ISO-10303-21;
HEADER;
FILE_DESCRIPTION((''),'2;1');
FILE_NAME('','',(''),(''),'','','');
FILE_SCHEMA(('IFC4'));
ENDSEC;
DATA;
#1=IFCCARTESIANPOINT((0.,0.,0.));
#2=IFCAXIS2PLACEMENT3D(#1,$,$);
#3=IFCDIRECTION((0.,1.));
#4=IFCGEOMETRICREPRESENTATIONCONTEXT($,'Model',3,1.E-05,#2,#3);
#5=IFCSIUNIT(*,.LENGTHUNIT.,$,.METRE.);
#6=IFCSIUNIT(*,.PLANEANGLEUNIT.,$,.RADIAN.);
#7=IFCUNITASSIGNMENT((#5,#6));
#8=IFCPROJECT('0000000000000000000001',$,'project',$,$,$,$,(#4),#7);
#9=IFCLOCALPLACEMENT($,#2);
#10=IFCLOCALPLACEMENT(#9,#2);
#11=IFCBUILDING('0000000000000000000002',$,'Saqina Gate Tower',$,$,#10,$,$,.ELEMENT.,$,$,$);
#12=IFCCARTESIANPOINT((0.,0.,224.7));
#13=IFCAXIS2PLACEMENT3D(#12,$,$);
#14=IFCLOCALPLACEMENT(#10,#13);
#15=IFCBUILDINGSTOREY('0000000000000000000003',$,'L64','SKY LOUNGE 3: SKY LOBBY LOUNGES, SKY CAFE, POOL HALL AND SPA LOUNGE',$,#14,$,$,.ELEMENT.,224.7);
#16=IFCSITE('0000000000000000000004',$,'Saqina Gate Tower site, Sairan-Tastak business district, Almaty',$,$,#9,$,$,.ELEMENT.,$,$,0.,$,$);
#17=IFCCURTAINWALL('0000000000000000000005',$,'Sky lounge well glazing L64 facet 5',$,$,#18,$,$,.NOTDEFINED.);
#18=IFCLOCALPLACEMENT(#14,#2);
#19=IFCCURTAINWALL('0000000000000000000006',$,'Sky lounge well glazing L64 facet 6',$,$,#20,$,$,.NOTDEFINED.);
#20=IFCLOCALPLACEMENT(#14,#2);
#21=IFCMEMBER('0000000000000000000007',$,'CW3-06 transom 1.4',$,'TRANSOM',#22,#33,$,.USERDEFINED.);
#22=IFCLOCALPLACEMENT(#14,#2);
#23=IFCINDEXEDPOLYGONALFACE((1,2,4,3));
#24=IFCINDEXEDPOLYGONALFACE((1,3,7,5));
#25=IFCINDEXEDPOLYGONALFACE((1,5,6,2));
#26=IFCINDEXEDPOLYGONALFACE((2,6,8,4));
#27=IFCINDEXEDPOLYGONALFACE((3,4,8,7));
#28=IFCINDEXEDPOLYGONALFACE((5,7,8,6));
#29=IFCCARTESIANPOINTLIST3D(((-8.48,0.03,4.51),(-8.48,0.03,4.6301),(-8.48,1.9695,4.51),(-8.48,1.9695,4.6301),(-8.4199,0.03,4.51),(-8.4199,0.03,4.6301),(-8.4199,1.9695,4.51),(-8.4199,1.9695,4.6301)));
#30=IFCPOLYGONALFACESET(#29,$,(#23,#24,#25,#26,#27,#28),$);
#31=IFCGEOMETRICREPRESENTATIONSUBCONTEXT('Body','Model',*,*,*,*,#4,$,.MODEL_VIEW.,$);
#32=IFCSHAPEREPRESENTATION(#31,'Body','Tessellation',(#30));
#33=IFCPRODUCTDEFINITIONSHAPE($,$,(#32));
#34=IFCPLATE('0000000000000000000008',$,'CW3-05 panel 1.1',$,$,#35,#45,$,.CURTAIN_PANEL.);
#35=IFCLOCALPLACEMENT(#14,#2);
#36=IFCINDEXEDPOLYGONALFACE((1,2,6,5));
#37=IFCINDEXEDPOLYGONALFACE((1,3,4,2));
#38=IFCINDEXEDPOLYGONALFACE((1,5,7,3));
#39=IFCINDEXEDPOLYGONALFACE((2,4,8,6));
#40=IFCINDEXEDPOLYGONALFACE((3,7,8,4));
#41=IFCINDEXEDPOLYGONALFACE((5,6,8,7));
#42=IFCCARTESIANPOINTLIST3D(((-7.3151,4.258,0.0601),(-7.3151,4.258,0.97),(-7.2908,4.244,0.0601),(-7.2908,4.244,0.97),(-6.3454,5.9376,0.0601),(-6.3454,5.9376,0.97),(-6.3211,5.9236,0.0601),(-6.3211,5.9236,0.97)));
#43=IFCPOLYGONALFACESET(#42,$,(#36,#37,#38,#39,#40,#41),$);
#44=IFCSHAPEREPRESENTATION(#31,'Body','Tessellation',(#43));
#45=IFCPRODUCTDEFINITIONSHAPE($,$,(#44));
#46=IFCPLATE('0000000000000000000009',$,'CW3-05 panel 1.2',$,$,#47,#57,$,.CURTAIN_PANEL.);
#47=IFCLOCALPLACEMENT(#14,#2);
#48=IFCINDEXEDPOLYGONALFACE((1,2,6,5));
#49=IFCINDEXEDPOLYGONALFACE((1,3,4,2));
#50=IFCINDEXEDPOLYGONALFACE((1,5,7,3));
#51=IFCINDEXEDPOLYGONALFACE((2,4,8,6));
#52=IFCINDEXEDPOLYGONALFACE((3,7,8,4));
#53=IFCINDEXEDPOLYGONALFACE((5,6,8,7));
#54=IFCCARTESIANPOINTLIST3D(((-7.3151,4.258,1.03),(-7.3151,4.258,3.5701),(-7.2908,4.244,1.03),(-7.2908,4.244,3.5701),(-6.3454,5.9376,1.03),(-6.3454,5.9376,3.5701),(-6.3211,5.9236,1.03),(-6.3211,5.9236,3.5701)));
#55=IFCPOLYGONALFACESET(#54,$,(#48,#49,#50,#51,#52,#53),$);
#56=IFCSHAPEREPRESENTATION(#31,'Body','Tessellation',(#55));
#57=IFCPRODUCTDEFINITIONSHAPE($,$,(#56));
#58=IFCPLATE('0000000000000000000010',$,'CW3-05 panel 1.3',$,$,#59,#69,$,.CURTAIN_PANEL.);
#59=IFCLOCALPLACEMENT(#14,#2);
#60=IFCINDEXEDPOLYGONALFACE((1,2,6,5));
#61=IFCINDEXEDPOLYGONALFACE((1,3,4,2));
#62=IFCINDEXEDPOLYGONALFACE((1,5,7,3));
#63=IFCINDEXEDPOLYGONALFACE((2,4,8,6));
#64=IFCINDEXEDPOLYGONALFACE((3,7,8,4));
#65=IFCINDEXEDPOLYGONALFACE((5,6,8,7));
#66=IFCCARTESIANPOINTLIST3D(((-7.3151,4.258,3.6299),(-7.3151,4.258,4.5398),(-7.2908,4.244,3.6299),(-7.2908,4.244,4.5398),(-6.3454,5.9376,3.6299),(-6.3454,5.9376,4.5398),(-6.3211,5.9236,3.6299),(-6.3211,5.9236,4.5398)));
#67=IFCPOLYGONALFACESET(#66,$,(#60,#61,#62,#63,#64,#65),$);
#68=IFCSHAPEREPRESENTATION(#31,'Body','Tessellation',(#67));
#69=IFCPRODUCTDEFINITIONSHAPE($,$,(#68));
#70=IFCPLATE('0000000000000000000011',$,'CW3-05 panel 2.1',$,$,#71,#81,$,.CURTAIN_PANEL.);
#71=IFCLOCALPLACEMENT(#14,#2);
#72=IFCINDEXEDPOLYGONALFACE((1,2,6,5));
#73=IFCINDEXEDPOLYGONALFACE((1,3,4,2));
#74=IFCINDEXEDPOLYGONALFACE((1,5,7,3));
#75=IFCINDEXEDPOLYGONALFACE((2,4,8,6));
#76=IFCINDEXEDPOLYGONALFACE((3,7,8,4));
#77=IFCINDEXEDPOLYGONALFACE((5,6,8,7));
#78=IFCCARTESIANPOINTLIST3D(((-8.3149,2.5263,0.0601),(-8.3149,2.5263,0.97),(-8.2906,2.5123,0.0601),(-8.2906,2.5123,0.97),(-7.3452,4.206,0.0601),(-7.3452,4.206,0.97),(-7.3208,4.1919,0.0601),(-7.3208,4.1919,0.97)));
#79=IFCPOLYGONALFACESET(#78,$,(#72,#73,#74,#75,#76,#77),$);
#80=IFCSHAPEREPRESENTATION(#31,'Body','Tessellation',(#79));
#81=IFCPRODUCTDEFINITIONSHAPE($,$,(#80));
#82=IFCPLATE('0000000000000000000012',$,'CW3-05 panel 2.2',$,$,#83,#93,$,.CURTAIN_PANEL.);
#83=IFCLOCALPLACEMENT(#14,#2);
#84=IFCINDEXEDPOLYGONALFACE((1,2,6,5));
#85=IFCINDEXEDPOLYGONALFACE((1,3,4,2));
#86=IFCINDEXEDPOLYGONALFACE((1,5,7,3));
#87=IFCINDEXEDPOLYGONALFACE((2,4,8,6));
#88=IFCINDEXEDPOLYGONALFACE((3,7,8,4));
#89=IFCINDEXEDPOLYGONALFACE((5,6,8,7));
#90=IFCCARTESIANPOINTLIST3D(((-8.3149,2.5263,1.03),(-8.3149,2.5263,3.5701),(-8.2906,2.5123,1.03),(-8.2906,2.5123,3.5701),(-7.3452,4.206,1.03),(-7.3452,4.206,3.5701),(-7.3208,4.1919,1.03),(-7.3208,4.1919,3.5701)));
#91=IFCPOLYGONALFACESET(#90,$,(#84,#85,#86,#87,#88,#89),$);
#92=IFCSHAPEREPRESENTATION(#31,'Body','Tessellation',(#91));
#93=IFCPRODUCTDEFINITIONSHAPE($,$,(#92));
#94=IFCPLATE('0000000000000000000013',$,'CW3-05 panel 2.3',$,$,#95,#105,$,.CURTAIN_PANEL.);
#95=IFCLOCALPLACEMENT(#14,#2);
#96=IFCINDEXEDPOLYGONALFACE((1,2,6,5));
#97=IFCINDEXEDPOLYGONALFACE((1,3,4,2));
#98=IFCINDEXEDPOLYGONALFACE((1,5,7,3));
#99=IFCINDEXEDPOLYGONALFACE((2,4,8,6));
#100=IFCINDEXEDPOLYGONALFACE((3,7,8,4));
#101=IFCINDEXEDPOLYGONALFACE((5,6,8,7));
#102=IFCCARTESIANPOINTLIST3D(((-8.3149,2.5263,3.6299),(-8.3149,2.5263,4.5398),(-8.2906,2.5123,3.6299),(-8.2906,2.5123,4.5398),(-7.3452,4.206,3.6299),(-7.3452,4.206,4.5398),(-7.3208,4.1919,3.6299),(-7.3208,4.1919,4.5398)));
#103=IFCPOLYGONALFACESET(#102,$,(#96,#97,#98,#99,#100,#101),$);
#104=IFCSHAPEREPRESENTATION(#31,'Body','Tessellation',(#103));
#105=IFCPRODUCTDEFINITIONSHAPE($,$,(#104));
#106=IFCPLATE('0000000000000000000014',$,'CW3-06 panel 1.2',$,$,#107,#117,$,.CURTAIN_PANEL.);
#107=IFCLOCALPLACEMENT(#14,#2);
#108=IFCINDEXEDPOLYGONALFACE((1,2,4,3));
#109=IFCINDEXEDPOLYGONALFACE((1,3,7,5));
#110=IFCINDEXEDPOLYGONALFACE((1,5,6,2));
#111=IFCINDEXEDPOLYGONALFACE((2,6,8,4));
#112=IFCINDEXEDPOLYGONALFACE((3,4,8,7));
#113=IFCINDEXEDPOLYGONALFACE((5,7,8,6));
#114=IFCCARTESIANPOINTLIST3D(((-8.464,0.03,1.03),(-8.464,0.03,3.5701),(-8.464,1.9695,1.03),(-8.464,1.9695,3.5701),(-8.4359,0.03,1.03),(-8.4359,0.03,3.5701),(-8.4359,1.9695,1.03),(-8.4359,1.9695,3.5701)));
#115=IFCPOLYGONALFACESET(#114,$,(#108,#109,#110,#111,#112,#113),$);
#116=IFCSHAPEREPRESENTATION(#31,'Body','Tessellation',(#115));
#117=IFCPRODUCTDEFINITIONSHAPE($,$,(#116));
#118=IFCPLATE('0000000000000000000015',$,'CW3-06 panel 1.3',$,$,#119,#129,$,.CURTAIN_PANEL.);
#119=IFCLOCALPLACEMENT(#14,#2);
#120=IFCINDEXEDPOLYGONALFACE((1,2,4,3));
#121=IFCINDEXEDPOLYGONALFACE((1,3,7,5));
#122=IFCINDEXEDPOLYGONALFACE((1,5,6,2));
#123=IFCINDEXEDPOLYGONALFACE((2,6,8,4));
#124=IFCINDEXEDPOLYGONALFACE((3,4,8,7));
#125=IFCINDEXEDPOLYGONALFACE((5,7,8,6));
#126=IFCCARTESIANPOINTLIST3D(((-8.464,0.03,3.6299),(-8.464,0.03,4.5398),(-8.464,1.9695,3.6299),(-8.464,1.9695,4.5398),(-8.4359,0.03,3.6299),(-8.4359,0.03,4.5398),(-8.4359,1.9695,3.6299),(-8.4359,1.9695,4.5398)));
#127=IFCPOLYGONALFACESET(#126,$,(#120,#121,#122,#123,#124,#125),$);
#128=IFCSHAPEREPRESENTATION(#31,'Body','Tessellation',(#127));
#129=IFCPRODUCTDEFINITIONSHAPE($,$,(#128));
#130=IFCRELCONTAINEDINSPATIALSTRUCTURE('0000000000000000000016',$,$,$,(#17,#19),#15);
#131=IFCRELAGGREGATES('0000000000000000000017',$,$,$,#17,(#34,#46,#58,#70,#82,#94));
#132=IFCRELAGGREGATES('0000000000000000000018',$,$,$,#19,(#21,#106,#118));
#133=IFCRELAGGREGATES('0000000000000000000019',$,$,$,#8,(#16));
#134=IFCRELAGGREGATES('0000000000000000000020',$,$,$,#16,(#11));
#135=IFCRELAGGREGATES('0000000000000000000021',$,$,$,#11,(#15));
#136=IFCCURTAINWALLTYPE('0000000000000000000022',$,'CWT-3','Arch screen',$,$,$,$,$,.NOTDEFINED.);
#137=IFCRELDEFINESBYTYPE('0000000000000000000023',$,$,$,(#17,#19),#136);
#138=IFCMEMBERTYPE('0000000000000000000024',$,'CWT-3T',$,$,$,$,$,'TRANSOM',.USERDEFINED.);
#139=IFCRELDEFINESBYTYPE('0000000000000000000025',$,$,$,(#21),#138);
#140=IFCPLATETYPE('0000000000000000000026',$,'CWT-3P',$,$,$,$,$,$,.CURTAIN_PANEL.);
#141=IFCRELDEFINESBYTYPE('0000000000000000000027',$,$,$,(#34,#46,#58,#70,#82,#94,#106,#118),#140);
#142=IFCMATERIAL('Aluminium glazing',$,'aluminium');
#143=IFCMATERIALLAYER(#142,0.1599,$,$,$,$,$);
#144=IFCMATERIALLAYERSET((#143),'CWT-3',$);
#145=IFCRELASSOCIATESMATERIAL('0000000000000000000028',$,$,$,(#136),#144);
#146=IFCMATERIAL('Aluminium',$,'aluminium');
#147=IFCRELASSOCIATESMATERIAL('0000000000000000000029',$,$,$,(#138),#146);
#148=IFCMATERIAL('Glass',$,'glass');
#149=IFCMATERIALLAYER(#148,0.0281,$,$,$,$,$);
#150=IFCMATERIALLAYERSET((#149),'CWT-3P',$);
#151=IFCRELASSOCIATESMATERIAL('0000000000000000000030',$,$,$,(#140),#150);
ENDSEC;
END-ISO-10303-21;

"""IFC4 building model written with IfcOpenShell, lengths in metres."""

from ifc_helpers import new_model, si_unit, direction, frame, origin, origin_2d, place, context, subcontext, project, spatial, rectangle, extrude, material, layer, layer_set, material_profile, profile_set, type_object, element, aggregate, save


model = new_model("IFC4")

# Units and contexts
model_context = context("Model", 3, precision=1e-05, world=origin(), true_north=direction((0.0, 1.0)))
body_context = subcontext(model_context, "Body", "Model", "MODEL_VIEW")
ifc_project = project(units=[si_unit("LENGTHUNIT", "METRE"), si_unit("PLANEANGLEUNIT", "RADIAN")], contexts=[model_context])

# Site, building, storey
site_placement = place(None, origin())
site = spatial("IfcSite", under=ifc_project, at=site_placement, Name="Saqina Gate Tower site, Sairan-Tastak business district, Almaty", CompositionType="ELEMENT", RefElevation=0.0)
building_placement = place(site_placement, origin())
building = spatial("IfcBuilding", under=site, at=building_placement, Name="Saqina Gate Tower", CompositionType="ELEMENT")
storey_placement = place(building_placement, frame((0.0, 0.0, 224.7)))
storey = spatial("IfcBuildingStorey", under=building, at=storey_placement, Name="L64", Description="SKY LOUNGE 3: SKY LOBBY LOUNGES, SKY CAFE, POOL HALL AND SPA LOUNGE", CompositionType="ELEMENT", Elevation=224.7)

# Curtain wall
ifc_material_1 = material(Name="Aluminium glazing", Category="aluminium")
ifc_layer_1 = layer(ifc_material_1, 0.1599)
ifc_layer_set_1 = layer_set([ifc_layer_1], Name="CWT-3")
curtain_wall_type = type_object("IfcCurtainWallType", Name="CWT-3", Description="Arch screen", PredefinedType="NOTDEFINED", material=ifc_layer_set_1)
curtain_wall_1_placement = place(storey_placement, origin())
curtain_wall_1 = element("IfcCurtainWall", 1, at=curtain_wall_1_placement, inside=storey, type_object=curtain_wall_type, Name="Sky lounge well glazing L64 facet 5", PredefinedType="NOTDEFINED")

# Curtain wall
curtain_wall_2_placement = place(storey_placement, origin())
curtain_wall_2 = element("IfcCurtainWall", 2, at=curtain_wall_2_placement, inside=storey, type_object=curtain_wall_type, Name="Sky lounge well glazing L64 facet 6", PredefinedType="NOTDEFINED")

# Member
ifc_material_2 = material(Name="Aluminium", Category="aluminium")
ifc_material_profile_1 = material_profile(ifc_material_2, rectangle(XDim=0.0601, YDim=0.1201, at=origin_2d()), Name="Aluminium 60x120")
ifc_profile_set_1 = profile_set([ifc_material_profile_1], Name="Aluminium")
member_type_1 = type_object("IfcMemberType", Name="CWT-3T", ElementType="TRANSOM", PredefinedType="USERDEFINED", material=ifc_profile_set_1)
member_1_placement = place(storey_placement, frame((-8.45, 1.9695, 4.5701), z_axis=(0.0, -1.0, 0.0), x_axis=(1.0, 0.0, 0.0)))
member_1 = element("IfcMember", 3, at=member_1_placement, type_object=member_type_1, Name="CW3-06 transom 1.4", ObjectType="TRANSOM", PredefinedType="USERDEFINED", context=body_context, shape_type="SweptSolid", body=[
    extrude(rectangle(XDim=0.0601, YDim=0.1201, at=origin_2d()), origin(), (0.0, 0.0, 1.0), 1.9395),
])

# Plates
ifc_material_3 = material(Name="Glass", Category="glass")
ifc_layer_2 = layer(ifc_material_3, 0.0281)
ifc_layer_set_2 = layer_set([ifc_layer_2], Name="CWT-3P")
plate_type = type_object("IfcPlateType", Name="CWT-3P", PredefinedType="CURTAIN_PANEL", material=ifc_layer_set_2)
plate_1_placement = place(storey_placement, frame((-6.8181, 5.0908, 0.0601), z_axis=(0.0, 0.0, 1.0), x_axis=(-0.500003, -0.866024, 0.0)))
plate_1 = element("IfcPlate", 4, at=plate_1_placement, type_object=plate_type, Name="CW3-05 panel 1.1", PredefinedType="CURTAIN_PANEL", context=body_context, shape_type="SweptSolid", body=[
    extrude(rectangle(XDim=1.9395, YDim=0.0281, at=origin_2d()), origin(), (0.0, 0.0, 1.0), 0.9099),
])
plate_2_placement = place(storey_placement, frame((-6.8181, 5.0908, 1.03), z_axis=(0.0, 0.0, 1.0), x_axis=(-0.500003, -0.866024, 0.0)))
plate_2 = element("IfcPlate", 5, at=plate_2_placement, type_object=plate_type, Name="CW3-05 panel 1.2", PredefinedType="CURTAIN_PANEL", context=body_context, shape_type="SweptSolid", body=[
    extrude(rectangle(XDim=1.9395, YDim=0.0281, at=origin_2d()), origin(), (0.0, 0.0, 1.0), 2.54),
])
plate_3_placement = place(storey_placement, frame((-6.8181, 5.0908, 3.6299), z_axis=(0.0, 0.0, 1.0), x_axis=(-0.500003, -0.866024, 0.0)))
plate_3 = element("IfcPlate", 6, at=plate_3_placement, type_object=plate_type, Name="CW3-05 panel 1.3", PredefinedType="CURTAIN_PANEL", context=body_context, shape_type="SweptSolid", body=[
    extrude(rectangle(XDim=1.9395, YDim=0.0281, at=origin_2d()), origin(), (0.0, 0.0, 1.0), 0.9099),
])
plate_4_placement = place(storey_placement, frame((-7.8179, 3.3591, 0.0601), z_axis=(0.0, 0.0, 1.0), x_axis=(-0.500003, -0.866024, 0.0)))
plate_4 = element("IfcPlate", 7, at=plate_4_placement, type_object=plate_type, Name="CW3-05 panel 2.1", PredefinedType="CURTAIN_PANEL", context=body_context, shape_type="SweptSolid", body=[
    extrude(rectangle(XDim=1.9395, YDim=0.0281, at=origin_2d()), origin(), (0.0, 0.0, 1.0), 0.9099),
])
plate_5_placement = place(storey_placement, frame((-7.8179, 3.3591, 1.03), z_axis=(0.0, 0.0, 1.0), x_axis=(-0.500003, -0.866024, 0.0)))
plate_5 = element("IfcPlate", 8, at=plate_5_placement, type_object=plate_type, Name="CW3-05 panel 2.2", PredefinedType="CURTAIN_PANEL", context=body_context, shape_type="SweptSolid", body=[
    extrude(rectangle(XDim=1.9395, YDim=0.0281, at=origin_2d()), origin(), (0.0, 0.0, 1.0), 2.54),
])
plate_6_placement = place(storey_placement, frame((-7.8179, 3.3591, 3.6299), z_axis=(0.0, 0.0, 1.0), x_axis=(-0.500003, -0.866024, 0.0)))
plate_6 = element("IfcPlate", 9, at=plate_6_placement, type_object=plate_type, Name="CW3-05 panel 2.3", PredefinedType="CURTAIN_PANEL", context=body_context, shape_type="SweptSolid", body=[
    extrude(rectangle(XDim=1.9395, YDim=0.0281, at=origin_2d()), origin(), (0.0, 0.0, 1.0), 0.9099),
])
aggregate(curtain_wall_1, [plate_1, plate_2, plate_3, plate_4, plate_5, plate_6])
plate_7_placement = place(storey_placement, frame((-8.45, 0.9998, 1.03), z_axis=(0.0, 0.0, 1.0), x_axis=(0.0, -1.0, 0.0)))
plate_7 = element("IfcPlate", 10, at=plate_7_placement, type_object=plate_type, Name="CW3-06 panel 1.2", PredefinedType="CURTAIN_PANEL", context=body_context, shape_type="SweptSolid", body=[
    extrude(rectangle(XDim=1.9395, YDim=0.0281, at=origin_2d()), origin(), (0.0, 0.0, 1.0), 2.54),
])
plate_8_placement = place(storey_placement, frame((-8.45, 0.9998, 3.6299), z_axis=(0.0, 0.0, 1.0), x_axis=(0.0, -1.0, 0.0)))
plate_8 = element("IfcPlate", 11, at=plate_8_placement, type_object=plate_type, Name="CW3-06 panel 1.3", PredefinedType="CURTAIN_PANEL", context=body_context, shape_type="SweptSolid", body=[
    extrude(rectangle(XDim=1.9395, YDim=0.0281, at=origin_2d()), origin(), (0.0, 0.0, 1.0), 0.9099),
])
aggregate(curtain_wall_2, [member_1, plate_7, plate_8])

save(model, "model.ifc")
